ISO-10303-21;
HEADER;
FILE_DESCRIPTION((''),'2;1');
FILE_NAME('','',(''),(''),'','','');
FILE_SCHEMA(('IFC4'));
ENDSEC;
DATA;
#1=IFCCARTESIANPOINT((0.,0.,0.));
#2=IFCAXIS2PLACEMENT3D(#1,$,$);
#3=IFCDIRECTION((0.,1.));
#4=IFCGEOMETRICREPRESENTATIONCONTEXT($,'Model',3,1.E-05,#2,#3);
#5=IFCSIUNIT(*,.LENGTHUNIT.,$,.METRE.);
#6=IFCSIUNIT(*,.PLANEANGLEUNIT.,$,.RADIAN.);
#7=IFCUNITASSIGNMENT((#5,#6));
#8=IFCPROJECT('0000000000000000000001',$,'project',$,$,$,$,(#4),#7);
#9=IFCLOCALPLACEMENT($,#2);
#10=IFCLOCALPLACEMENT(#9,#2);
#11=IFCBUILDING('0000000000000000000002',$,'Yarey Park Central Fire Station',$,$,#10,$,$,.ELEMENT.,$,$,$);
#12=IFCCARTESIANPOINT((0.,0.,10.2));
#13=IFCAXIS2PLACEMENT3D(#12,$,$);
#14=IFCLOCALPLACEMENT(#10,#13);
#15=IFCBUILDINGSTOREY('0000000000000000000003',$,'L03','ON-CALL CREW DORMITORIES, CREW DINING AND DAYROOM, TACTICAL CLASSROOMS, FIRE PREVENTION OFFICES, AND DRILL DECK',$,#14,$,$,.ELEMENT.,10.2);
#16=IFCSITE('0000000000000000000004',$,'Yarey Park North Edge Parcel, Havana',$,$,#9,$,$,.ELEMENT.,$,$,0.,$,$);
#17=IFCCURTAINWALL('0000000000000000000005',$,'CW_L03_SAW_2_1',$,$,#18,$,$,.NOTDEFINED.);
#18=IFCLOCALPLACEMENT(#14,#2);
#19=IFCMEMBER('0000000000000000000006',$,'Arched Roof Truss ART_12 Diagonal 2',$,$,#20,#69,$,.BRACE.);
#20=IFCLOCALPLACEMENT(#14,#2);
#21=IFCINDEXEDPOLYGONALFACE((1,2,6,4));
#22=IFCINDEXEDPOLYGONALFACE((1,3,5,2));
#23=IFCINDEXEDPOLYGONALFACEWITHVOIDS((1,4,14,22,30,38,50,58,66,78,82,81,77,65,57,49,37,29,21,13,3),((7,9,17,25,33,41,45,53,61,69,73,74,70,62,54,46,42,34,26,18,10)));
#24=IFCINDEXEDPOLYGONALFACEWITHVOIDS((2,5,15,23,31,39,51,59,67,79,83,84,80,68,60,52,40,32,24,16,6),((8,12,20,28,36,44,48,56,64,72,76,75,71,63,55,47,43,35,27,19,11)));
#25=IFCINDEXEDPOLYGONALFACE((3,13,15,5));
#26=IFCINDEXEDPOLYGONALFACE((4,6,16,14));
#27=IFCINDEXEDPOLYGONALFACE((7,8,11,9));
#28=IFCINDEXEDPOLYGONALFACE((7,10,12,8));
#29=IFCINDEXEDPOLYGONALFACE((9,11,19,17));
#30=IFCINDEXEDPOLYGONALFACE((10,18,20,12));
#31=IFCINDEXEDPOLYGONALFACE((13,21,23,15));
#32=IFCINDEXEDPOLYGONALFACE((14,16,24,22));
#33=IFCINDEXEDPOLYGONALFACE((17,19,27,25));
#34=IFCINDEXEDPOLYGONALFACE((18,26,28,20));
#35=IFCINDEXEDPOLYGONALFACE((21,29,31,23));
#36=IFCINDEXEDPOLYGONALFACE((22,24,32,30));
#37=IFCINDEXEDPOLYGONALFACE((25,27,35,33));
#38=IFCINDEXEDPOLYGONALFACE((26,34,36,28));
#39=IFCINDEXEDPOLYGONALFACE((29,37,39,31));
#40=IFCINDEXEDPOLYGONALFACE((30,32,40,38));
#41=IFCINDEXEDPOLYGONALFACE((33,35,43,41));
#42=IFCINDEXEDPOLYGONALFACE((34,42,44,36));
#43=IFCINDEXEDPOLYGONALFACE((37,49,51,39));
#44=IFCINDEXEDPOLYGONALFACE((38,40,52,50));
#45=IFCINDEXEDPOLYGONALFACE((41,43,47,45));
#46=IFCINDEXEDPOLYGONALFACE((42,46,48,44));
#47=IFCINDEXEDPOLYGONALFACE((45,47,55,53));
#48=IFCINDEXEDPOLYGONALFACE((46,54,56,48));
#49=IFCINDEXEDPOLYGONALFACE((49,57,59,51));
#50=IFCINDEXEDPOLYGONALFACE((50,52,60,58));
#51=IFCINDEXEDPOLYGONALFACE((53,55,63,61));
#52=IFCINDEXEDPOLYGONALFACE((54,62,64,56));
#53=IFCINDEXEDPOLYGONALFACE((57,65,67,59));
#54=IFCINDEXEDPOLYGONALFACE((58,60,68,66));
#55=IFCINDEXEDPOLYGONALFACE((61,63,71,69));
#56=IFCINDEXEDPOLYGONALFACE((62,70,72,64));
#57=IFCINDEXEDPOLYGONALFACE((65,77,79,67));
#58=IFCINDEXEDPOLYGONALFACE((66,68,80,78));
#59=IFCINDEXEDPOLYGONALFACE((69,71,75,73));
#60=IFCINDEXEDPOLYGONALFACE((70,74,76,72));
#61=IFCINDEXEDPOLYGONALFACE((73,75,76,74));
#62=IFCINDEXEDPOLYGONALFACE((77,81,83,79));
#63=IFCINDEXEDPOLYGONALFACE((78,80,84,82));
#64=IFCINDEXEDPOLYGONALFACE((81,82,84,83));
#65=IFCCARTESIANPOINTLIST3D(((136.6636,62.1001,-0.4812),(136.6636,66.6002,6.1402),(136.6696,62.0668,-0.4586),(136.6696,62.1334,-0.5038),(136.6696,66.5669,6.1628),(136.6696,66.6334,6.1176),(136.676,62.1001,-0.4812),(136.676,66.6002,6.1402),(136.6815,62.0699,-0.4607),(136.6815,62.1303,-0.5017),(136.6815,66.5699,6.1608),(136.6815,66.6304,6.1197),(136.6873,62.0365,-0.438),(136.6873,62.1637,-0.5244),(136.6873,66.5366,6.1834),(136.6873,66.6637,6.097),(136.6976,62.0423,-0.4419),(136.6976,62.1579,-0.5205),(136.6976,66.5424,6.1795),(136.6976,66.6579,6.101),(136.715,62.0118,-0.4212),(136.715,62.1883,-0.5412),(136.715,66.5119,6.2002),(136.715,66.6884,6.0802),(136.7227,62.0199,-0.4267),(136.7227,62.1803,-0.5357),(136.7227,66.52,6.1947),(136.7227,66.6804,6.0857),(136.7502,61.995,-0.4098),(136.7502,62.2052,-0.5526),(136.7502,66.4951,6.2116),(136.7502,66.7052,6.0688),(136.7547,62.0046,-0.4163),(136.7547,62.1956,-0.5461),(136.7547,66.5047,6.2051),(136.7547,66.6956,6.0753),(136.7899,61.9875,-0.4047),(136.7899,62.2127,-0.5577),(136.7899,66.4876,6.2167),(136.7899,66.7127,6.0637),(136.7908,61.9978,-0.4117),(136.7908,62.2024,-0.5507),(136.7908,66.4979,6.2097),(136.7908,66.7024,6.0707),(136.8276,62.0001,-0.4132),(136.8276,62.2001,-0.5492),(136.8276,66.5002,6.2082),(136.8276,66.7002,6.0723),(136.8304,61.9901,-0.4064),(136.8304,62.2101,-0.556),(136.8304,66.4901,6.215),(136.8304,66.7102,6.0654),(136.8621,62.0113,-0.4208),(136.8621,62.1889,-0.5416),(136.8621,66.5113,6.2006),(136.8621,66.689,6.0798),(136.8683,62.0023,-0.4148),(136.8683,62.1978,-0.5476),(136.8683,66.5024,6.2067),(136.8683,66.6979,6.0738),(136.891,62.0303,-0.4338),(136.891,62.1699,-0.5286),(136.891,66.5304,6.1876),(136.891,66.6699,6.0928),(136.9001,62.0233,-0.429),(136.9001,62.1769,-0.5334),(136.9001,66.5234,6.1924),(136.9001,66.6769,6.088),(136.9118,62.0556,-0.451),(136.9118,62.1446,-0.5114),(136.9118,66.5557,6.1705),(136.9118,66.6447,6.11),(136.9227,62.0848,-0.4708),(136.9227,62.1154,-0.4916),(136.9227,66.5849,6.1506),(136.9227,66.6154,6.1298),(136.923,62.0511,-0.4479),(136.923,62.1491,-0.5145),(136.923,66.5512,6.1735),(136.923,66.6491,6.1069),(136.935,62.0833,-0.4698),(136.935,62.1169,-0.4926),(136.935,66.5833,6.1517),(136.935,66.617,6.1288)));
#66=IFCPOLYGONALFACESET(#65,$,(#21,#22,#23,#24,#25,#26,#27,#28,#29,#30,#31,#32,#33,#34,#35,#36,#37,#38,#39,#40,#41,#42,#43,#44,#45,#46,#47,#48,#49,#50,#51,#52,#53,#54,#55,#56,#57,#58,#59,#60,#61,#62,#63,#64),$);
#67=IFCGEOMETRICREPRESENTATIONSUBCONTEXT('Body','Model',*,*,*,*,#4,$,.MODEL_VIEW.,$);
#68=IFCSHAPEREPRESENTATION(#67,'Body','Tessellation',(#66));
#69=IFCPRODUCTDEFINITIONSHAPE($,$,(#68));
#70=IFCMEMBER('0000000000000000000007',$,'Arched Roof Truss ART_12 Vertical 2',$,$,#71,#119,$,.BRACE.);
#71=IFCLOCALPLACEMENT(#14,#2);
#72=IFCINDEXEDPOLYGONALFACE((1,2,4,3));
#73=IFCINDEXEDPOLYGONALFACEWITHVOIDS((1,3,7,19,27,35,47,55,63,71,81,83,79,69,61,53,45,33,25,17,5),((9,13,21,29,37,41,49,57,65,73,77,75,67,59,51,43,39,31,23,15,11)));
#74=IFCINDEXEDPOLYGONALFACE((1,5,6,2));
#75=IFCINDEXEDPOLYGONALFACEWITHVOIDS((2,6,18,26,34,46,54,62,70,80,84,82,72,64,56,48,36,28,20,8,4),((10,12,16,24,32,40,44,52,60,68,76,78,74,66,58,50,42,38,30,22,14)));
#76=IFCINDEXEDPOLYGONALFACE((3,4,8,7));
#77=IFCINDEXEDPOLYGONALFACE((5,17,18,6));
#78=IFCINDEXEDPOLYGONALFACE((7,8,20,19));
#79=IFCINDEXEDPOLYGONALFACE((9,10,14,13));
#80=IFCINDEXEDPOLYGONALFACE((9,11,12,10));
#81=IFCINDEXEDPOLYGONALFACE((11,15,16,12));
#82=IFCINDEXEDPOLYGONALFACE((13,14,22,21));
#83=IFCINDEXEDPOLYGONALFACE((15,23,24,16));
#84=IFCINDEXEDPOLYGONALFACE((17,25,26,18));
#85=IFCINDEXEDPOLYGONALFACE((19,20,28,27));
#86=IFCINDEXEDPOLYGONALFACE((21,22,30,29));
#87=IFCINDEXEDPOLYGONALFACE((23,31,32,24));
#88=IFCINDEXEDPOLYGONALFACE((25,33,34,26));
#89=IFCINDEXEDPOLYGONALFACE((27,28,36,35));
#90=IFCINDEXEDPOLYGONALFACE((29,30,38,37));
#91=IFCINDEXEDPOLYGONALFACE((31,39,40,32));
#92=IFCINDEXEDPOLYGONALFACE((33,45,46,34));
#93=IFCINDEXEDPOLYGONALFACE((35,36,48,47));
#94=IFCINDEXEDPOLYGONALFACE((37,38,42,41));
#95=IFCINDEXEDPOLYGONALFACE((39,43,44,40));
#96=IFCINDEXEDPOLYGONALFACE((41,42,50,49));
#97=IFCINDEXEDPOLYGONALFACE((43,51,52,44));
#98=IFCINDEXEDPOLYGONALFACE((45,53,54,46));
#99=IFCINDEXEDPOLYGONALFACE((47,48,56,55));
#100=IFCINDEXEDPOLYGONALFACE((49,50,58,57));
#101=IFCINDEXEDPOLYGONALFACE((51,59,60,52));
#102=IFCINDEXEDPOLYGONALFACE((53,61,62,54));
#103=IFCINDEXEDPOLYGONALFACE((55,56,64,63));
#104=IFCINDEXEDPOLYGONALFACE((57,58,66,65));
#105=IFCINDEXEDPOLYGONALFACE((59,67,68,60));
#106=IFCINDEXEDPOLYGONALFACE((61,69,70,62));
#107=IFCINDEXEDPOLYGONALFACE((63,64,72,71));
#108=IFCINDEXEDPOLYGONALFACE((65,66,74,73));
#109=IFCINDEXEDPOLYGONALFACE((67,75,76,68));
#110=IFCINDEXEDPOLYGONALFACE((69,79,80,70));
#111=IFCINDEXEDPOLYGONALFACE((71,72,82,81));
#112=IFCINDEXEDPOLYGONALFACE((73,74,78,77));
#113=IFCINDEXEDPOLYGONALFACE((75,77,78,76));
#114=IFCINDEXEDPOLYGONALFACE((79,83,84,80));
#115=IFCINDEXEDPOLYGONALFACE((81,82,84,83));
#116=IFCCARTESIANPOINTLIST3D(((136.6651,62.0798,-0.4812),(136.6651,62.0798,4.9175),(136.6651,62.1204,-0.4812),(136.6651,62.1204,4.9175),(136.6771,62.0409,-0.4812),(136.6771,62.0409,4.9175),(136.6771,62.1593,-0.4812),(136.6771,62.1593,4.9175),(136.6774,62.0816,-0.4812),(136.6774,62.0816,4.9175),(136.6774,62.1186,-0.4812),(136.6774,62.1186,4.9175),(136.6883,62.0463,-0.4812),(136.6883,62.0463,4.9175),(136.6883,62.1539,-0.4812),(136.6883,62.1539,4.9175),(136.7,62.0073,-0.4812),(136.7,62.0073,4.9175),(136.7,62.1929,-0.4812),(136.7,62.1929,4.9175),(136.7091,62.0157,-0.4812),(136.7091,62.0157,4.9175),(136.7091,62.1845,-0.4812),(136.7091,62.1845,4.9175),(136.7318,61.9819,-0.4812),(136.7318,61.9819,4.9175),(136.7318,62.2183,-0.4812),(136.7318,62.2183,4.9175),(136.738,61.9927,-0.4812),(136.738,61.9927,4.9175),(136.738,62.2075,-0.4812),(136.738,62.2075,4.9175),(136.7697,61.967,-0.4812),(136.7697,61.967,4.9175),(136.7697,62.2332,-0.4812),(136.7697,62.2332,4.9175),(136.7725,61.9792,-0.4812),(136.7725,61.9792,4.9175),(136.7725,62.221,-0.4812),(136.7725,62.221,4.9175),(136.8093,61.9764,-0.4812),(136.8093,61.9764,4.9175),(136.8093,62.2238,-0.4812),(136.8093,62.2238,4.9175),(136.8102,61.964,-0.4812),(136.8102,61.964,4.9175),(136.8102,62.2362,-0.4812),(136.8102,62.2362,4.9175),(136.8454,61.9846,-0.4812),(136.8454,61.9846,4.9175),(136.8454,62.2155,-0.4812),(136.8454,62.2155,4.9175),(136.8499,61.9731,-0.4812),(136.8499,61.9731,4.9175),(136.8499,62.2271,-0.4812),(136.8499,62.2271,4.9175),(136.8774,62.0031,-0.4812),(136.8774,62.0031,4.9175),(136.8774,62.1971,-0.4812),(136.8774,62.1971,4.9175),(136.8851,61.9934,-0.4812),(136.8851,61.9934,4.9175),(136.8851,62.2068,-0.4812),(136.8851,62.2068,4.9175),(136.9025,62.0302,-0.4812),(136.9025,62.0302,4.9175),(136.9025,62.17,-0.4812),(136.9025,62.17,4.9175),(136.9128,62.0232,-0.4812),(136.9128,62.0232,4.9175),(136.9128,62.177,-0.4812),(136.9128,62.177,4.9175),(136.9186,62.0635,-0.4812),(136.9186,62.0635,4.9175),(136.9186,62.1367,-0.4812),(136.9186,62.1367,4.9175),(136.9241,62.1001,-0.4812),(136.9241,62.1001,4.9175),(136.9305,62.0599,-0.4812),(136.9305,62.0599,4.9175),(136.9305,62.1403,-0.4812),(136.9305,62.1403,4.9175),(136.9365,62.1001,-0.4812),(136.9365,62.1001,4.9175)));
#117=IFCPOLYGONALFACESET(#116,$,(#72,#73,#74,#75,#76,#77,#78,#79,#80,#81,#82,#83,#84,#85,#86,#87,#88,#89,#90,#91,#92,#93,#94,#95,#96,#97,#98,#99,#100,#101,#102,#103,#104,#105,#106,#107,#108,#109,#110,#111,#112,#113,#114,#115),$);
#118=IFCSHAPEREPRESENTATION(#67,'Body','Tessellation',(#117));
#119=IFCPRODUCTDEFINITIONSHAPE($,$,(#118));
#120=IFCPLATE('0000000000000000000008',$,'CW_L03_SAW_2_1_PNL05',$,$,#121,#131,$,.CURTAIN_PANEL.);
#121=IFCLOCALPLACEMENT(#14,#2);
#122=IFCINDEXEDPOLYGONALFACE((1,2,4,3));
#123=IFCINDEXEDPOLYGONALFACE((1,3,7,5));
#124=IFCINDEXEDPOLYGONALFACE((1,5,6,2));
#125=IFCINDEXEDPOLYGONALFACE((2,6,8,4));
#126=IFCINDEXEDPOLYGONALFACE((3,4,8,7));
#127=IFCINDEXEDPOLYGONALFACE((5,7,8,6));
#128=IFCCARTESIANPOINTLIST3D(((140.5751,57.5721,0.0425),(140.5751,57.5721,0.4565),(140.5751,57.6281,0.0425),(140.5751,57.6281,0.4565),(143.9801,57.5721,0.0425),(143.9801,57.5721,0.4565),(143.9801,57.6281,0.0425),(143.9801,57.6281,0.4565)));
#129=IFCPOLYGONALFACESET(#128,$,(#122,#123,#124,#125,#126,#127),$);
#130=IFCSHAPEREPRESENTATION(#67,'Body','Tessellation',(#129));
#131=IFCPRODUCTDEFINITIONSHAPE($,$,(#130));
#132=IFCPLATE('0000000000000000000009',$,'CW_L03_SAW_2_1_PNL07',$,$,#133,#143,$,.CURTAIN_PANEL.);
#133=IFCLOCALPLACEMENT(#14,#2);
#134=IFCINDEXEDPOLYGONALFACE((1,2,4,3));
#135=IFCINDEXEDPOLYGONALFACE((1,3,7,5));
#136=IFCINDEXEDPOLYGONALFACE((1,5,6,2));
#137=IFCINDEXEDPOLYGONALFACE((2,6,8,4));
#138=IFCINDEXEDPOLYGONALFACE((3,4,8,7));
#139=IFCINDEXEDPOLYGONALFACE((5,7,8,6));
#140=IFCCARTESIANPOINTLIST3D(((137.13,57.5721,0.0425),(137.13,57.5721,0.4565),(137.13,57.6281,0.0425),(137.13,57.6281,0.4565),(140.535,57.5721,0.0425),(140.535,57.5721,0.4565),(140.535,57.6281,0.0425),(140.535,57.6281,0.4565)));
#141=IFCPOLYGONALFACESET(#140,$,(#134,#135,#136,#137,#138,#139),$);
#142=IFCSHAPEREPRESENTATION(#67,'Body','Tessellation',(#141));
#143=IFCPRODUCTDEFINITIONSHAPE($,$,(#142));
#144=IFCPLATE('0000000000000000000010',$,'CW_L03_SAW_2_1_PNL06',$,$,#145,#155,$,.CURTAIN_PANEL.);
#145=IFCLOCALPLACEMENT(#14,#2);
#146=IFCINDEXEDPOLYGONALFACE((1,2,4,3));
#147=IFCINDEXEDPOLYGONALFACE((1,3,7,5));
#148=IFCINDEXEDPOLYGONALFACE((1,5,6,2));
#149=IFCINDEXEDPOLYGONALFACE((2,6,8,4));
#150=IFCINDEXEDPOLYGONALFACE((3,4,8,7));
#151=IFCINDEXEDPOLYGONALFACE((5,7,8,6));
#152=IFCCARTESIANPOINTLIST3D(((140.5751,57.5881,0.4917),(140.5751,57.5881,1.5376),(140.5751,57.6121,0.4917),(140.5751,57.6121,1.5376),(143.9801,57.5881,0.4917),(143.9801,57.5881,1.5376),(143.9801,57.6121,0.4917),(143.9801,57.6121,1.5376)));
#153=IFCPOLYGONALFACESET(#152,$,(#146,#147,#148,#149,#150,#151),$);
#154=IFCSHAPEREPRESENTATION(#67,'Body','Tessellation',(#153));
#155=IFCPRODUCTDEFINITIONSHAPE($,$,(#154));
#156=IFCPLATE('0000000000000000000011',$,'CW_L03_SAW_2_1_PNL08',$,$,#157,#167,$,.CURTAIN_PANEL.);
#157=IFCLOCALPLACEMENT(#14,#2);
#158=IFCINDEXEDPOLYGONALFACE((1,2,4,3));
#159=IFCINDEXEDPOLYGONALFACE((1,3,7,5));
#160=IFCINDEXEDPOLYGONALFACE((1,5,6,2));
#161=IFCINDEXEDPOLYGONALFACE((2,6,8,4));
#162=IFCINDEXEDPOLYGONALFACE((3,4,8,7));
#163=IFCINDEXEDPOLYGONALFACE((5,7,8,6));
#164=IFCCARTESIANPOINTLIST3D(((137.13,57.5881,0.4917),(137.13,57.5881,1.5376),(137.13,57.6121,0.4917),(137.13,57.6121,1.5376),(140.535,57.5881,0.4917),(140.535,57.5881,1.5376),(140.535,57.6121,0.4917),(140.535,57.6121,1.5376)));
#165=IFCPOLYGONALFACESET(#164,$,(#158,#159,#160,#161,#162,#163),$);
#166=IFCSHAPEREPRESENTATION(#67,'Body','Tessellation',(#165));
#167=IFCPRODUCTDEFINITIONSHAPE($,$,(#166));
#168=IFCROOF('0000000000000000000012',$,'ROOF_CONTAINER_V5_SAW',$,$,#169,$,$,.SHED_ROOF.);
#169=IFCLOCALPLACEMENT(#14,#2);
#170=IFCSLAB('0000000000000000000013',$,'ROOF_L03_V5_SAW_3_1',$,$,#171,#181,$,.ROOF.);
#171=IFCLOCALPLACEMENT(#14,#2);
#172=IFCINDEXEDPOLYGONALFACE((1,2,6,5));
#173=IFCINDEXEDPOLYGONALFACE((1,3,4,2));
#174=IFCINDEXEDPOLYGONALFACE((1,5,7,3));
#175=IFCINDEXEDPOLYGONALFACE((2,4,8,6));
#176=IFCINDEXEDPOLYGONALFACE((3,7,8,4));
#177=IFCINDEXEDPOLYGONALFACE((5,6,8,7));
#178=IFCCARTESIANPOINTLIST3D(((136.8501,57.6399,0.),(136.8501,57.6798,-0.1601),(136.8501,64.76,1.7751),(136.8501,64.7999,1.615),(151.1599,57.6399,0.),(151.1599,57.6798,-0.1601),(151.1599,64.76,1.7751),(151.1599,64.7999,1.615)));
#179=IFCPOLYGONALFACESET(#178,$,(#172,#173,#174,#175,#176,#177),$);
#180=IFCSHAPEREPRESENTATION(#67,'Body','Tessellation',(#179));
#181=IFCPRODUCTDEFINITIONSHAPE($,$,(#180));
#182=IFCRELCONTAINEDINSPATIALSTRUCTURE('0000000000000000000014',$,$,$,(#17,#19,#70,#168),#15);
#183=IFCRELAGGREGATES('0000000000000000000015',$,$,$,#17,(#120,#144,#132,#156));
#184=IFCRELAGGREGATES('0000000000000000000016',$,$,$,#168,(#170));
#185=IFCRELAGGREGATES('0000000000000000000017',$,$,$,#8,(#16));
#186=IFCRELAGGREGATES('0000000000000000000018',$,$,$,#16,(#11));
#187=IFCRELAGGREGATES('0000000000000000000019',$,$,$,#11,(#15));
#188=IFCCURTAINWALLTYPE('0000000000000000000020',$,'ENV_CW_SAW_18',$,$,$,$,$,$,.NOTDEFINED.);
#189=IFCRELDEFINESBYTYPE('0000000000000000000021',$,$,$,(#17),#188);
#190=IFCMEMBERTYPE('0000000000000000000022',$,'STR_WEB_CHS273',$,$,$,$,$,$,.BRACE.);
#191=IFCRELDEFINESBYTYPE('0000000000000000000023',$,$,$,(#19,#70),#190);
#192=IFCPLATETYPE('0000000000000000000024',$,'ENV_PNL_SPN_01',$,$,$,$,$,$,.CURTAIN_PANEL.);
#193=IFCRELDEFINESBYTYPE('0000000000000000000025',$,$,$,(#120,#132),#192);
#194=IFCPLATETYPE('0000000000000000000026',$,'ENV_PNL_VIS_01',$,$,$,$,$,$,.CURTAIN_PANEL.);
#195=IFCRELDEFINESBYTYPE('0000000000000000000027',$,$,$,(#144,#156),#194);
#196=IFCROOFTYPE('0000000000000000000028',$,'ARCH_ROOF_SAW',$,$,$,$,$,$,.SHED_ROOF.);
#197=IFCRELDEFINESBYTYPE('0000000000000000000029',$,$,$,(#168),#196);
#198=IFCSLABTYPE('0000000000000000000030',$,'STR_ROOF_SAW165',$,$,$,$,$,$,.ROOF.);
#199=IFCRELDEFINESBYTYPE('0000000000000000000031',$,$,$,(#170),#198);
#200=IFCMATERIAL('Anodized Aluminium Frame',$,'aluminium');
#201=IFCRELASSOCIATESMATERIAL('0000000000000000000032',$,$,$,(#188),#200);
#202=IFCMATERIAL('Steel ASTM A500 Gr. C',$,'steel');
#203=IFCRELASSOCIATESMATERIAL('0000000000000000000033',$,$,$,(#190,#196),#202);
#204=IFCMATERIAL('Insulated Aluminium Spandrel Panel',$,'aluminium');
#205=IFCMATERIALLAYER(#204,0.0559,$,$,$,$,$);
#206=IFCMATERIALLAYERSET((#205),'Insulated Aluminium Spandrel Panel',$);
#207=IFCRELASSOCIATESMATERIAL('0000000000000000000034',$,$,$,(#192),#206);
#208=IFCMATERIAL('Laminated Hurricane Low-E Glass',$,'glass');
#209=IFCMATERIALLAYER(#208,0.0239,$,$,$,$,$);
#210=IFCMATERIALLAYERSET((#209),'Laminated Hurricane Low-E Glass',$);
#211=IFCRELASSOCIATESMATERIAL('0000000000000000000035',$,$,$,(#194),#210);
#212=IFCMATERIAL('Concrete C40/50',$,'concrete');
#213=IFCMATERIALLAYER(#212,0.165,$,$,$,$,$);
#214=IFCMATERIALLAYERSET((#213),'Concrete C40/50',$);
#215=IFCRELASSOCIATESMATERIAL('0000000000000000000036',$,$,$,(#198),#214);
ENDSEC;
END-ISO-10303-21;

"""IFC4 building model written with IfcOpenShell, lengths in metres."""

from ifc_helpers import new_model, si_unit, direction, frame, origin, origin_2d, place, context, subcontext, project, spatial, polyline, rectangle, hollow_circle, outline, extrude, material, layer, layer_set, material_profile, profile_set, type_object, element, aggregate, save


model = new_model("IFC4")

# Units and contexts
model_context = context("Model", 3, precision=1e-05, world=origin(), true_north=direction((0.0, 1.0)))
body_context = subcontext(model_context, "Body", "Model", "MODEL_VIEW")
ifc_project = project(units=[si_unit("LENGTHUNIT", "METRE"), si_unit("PLANEANGLEUNIT", "RADIAN")], contexts=[model_context])

# Site, building, storey
site_placement = place(None, origin())
site = spatial("IfcSite", under=ifc_project, at=site_placement, Name="Yarey Park North Edge Parcel, Havana", CompositionType="ELEMENT", RefElevation=0.0)
building_placement = place(site_placement, origin())
building = spatial("IfcBuilding", under=site, at=building_placement, Name="Yarey Park Central Fire Station", CompositionType="ELEMENT")
storey_placement = place(building_placement, frame((0.0, 0.0, 10.2)))
storey = spatial("IfcBuildingStorey", under=building, at=storey_placement, Name="L03", Description="ON-CALL CREW DORMITORIES, CREW DINING AND DAYROOM, TACTICAL CLASSROOMS, FIRE PREVENTION OFFICES, AND DRILL DECK", CompositionType="ELEMENT", Elevation=10.2)

# Curtain wall
ifc_material_1 = material(Name="Anodized Aluminium Frame", Category="aluminium")
curtain_wall_type = type_object("IfcCurtainWallType", Name="ENV_CW_SAW_18", PredefinedType="NOTDEFINED", material=ifc_material_1)
curtain_wall_placement = place(storey_placement, origin())
curtain_wall = element("IfcCurtainWall", 1, at=curtain_wall_placement, inside=storey, type_object=curtain_wall_type, Name="CW_L03_SAW_2_1", PredefinedType="NOTDEFINED")

# Shared definitions
ifc_material_2 = material(Name="Steel ASTM A500 Gr. C", Category="steel")

# Members
ifc_material_profile_1 = material_profile(ifc_material_2, hollow_circle(Radius=0.1365, WallThickness=0.0125, at=origin_2d()), Name="CHS 273x12.5")
ifc_profile_set_1 = profile_set([ifc_material_profile_1], Name="Steel ASTM A500 Gr. C")
member_type_1 = type_object("IfcMemberType", Name="STR_WEB_CHS273", PredefinedType="BRACE", material=ifc_profile_set_1)
member_1_placement = place(storey_placement, frame((136.8, 62.1001, -0.4812), z_axis=(0.0, 0.562096, 0.827072), x_axis=(-1.0, 0.0, 0.0)))
element("IfcMember", 2, at=member_1_placement, inside=storey, type_object=member_type_1, Name="Arched Roof Truss ART_12 Diagonal 2", PredefinedType="BRACE", context=body_context, shape_type="SweptSolid", body=[
    extrude(hollow_circle(Radius=0.1365, WallThickness=0.0125, at=origin_2d()), origin(), (0.0, 0.0, 1.0), 8.0059),
])
member_2_placement = place(storey_placement, frame((136.8, 62.1001, -0.4812), z_axis=(0.0, 0.0, 1.0), x_axis=(1.0, 0.0, 0.0)))
element("IfcMember", 3, at=member_2_placement, inside=storey, type_object=member_type_1, Name="Arched Roof Truss ART_12 Vertical 2", PredefinedType="BRACE", context=body_context, shape_type="SweptSolid", body=[
    extrude(hollow_circle(Radius=0.1365, WallThickness=0.0125, at=origin_2d()), origin(), (0.0, 0.0, 1.0), 5.3987),
])

# Plates
ifc_material_3 = material(Name="Insulated Aluminium Spandrel Panel", Category="aluminium")
ifc_layer_1 = layer(ifc_material_3, 0.0559)
ifc_layer_set_1 = layer_set([ifc_layer_1], Name="Insulated Aluminium Spandrel Panel")
plate_type_1 = type_object("IfcPlateType", Name="ENV_PNL_SPN_01", PredefinedType="CURTAIN_PANEL", material=ifc_layer_set_1)
plate_1_placement = place(storey_placement, frame((142.2776, 57.6001, 0.0425), z_axis=(0.0, 0.0, 1.0), x_axis=(-1.0, 0.0, 0.0)))
plate_1 = element("IfcPlate", 4, at=plate_1_placement, type_object=plate_type_1, Name="CW_L03_SAW_2_1_PNL05", PredefinedType="CURTAIN_PANEL", context=body_context, shape_type="SweptSolid", body=[
    extrude(rectangle(XDim=3.405, YDim=0.0559, at=origin_2d()), origin(), (0.0, 0.0, 1.0), 0.4141),
])
plate_2_placement = place(storey_placement, frame((138.8325, 57.6001, 0.0425), z_axis=(0.0, 0.0, 1.0), x_axis=(-1.0, 0.0, 0.0)))
plate_2 = element("IfcPlate", 5, at=plate_2_placement, type_object=plate_type_1, Name="CW_L03_SAW_2_1_PNL07", PredefinedType="CURTAIN_PANEL", context=body_context, shape_type="SweptSolid", body=[
    extrude(rectangle(XDim=3.405, YDim=0.0559, at=origin_2d()), origin(), (0.0, 0.0, 1.0), 0.4141),
])
ifc_material_4 = material(Name="Laminated Hurricane Low-E Glass", Category="glass")
ifc_layer_2 = layer(ifc_material_4, 0.0239)
ifc_layer_set_2 = layer_set([ifc_layer_2], Name="Laminated Hurricane Low-E Glass")
plate_type_2 = type_object("IfcPlateType", Name="ENV_PNL_VIS_01", PredefinedType="CURTAIN_PANEL", material=ifc_layer_set_2)
plate_3_placement = place(storey_placement, frame((142.2776, 57.6001, 0.4917), z_axis=(0.0, 0.0, 1.0), x_axis=(-1.0, 0.0, 0.0)))
plate_3 = element("IfcPlate", 6, at=plate_3_placement, type_object=plate_type_2, Name="CW_L03_SAW_2_1_PNL06", PredefinedType="CURTAIN_PANEL", context=body_context, shape_type="SweptSolid", body=[
    extrude(rectangle(XDim=3.405, YDim=0.0239, at=origin_2d()), origin(), (0.0, 0.0, 1.0), 1.0459),
])
plate_4_placement = place(storey_placement, frame((138.8325, 57.6001, 0.4917), z_axis=(0.0, 0.0, 1.0), x_axis=(-1.0, 0.0, 0.0)))
plate_4 = element("IfcPlate", 7, at=plate_4_placement, type_object=plate_type_2, Name="CW_L03_SAW_2_1_PNL08", PredefinedType="CURTAIN_PANEL", context=body_context, shape_type="SweptSolid", body=[
    extrude(rectangle(XDim=3.405, YDim=0.0239, at=origin_2d()), origin(), (0.0, 0.0, 1.0), 1.0459),
])
aggregate(curtain_wall, [plate_1, plate_3, plate_2, plate_4])

# Roof, slab
roof_type = type_object("IfcRoofType", Name="ARCH_ROOF_SAW", PredefinedType="SHED_ROOF", material=ifc_material_2)
roof_placement = place(storey_placement, origin())
roof = element("IfcRoof", 8, at=roof_placement, inside=storey, type_object=roof_type, Name="ROOF_CONTAINER_V5_SAW", PredefinedType="SHED_ROOF")
ifc_material_5 = material(Name="Concrete C40/50", Category="concrete")
ifc_layer_3 = layer(ifc_material_5, 0.165)
ifc_layer_set_3 = layer_set([ifc_layer_3], Name="Concrete C40/50")
slab_type = type_object("IfcSlabType", Name="STR_ROOF_SAW165", PredefinedType="ROOF", material=ifc_layer_set_3)
slab_placement = place(storey_placement, frame((136.8501, 57.6399, 0.0), z_axis=(0.0, -0.241909, 0.970299), x_axis=(1.0, 0.0, 0.0)))
slab = element("IfcSlab", 9, at=slab_placement, type_object=slab_type, Name="ROOF_L03_V5_SAW_3_1", PredefinedType="ROOF", context=body_context, shape_type="SweptSolid", body=[
    extrude(outline(polyline([(0.0, 0.0), (14.3098, 0.0), (14.3098, 7.3381), (0.0, 7.3381), (0.0, 0.0)])), origin(), (0.0, 0.0, -1.0), 0.165),
])
aggregate(roof, [slab])

save(model, "model.ifc")
